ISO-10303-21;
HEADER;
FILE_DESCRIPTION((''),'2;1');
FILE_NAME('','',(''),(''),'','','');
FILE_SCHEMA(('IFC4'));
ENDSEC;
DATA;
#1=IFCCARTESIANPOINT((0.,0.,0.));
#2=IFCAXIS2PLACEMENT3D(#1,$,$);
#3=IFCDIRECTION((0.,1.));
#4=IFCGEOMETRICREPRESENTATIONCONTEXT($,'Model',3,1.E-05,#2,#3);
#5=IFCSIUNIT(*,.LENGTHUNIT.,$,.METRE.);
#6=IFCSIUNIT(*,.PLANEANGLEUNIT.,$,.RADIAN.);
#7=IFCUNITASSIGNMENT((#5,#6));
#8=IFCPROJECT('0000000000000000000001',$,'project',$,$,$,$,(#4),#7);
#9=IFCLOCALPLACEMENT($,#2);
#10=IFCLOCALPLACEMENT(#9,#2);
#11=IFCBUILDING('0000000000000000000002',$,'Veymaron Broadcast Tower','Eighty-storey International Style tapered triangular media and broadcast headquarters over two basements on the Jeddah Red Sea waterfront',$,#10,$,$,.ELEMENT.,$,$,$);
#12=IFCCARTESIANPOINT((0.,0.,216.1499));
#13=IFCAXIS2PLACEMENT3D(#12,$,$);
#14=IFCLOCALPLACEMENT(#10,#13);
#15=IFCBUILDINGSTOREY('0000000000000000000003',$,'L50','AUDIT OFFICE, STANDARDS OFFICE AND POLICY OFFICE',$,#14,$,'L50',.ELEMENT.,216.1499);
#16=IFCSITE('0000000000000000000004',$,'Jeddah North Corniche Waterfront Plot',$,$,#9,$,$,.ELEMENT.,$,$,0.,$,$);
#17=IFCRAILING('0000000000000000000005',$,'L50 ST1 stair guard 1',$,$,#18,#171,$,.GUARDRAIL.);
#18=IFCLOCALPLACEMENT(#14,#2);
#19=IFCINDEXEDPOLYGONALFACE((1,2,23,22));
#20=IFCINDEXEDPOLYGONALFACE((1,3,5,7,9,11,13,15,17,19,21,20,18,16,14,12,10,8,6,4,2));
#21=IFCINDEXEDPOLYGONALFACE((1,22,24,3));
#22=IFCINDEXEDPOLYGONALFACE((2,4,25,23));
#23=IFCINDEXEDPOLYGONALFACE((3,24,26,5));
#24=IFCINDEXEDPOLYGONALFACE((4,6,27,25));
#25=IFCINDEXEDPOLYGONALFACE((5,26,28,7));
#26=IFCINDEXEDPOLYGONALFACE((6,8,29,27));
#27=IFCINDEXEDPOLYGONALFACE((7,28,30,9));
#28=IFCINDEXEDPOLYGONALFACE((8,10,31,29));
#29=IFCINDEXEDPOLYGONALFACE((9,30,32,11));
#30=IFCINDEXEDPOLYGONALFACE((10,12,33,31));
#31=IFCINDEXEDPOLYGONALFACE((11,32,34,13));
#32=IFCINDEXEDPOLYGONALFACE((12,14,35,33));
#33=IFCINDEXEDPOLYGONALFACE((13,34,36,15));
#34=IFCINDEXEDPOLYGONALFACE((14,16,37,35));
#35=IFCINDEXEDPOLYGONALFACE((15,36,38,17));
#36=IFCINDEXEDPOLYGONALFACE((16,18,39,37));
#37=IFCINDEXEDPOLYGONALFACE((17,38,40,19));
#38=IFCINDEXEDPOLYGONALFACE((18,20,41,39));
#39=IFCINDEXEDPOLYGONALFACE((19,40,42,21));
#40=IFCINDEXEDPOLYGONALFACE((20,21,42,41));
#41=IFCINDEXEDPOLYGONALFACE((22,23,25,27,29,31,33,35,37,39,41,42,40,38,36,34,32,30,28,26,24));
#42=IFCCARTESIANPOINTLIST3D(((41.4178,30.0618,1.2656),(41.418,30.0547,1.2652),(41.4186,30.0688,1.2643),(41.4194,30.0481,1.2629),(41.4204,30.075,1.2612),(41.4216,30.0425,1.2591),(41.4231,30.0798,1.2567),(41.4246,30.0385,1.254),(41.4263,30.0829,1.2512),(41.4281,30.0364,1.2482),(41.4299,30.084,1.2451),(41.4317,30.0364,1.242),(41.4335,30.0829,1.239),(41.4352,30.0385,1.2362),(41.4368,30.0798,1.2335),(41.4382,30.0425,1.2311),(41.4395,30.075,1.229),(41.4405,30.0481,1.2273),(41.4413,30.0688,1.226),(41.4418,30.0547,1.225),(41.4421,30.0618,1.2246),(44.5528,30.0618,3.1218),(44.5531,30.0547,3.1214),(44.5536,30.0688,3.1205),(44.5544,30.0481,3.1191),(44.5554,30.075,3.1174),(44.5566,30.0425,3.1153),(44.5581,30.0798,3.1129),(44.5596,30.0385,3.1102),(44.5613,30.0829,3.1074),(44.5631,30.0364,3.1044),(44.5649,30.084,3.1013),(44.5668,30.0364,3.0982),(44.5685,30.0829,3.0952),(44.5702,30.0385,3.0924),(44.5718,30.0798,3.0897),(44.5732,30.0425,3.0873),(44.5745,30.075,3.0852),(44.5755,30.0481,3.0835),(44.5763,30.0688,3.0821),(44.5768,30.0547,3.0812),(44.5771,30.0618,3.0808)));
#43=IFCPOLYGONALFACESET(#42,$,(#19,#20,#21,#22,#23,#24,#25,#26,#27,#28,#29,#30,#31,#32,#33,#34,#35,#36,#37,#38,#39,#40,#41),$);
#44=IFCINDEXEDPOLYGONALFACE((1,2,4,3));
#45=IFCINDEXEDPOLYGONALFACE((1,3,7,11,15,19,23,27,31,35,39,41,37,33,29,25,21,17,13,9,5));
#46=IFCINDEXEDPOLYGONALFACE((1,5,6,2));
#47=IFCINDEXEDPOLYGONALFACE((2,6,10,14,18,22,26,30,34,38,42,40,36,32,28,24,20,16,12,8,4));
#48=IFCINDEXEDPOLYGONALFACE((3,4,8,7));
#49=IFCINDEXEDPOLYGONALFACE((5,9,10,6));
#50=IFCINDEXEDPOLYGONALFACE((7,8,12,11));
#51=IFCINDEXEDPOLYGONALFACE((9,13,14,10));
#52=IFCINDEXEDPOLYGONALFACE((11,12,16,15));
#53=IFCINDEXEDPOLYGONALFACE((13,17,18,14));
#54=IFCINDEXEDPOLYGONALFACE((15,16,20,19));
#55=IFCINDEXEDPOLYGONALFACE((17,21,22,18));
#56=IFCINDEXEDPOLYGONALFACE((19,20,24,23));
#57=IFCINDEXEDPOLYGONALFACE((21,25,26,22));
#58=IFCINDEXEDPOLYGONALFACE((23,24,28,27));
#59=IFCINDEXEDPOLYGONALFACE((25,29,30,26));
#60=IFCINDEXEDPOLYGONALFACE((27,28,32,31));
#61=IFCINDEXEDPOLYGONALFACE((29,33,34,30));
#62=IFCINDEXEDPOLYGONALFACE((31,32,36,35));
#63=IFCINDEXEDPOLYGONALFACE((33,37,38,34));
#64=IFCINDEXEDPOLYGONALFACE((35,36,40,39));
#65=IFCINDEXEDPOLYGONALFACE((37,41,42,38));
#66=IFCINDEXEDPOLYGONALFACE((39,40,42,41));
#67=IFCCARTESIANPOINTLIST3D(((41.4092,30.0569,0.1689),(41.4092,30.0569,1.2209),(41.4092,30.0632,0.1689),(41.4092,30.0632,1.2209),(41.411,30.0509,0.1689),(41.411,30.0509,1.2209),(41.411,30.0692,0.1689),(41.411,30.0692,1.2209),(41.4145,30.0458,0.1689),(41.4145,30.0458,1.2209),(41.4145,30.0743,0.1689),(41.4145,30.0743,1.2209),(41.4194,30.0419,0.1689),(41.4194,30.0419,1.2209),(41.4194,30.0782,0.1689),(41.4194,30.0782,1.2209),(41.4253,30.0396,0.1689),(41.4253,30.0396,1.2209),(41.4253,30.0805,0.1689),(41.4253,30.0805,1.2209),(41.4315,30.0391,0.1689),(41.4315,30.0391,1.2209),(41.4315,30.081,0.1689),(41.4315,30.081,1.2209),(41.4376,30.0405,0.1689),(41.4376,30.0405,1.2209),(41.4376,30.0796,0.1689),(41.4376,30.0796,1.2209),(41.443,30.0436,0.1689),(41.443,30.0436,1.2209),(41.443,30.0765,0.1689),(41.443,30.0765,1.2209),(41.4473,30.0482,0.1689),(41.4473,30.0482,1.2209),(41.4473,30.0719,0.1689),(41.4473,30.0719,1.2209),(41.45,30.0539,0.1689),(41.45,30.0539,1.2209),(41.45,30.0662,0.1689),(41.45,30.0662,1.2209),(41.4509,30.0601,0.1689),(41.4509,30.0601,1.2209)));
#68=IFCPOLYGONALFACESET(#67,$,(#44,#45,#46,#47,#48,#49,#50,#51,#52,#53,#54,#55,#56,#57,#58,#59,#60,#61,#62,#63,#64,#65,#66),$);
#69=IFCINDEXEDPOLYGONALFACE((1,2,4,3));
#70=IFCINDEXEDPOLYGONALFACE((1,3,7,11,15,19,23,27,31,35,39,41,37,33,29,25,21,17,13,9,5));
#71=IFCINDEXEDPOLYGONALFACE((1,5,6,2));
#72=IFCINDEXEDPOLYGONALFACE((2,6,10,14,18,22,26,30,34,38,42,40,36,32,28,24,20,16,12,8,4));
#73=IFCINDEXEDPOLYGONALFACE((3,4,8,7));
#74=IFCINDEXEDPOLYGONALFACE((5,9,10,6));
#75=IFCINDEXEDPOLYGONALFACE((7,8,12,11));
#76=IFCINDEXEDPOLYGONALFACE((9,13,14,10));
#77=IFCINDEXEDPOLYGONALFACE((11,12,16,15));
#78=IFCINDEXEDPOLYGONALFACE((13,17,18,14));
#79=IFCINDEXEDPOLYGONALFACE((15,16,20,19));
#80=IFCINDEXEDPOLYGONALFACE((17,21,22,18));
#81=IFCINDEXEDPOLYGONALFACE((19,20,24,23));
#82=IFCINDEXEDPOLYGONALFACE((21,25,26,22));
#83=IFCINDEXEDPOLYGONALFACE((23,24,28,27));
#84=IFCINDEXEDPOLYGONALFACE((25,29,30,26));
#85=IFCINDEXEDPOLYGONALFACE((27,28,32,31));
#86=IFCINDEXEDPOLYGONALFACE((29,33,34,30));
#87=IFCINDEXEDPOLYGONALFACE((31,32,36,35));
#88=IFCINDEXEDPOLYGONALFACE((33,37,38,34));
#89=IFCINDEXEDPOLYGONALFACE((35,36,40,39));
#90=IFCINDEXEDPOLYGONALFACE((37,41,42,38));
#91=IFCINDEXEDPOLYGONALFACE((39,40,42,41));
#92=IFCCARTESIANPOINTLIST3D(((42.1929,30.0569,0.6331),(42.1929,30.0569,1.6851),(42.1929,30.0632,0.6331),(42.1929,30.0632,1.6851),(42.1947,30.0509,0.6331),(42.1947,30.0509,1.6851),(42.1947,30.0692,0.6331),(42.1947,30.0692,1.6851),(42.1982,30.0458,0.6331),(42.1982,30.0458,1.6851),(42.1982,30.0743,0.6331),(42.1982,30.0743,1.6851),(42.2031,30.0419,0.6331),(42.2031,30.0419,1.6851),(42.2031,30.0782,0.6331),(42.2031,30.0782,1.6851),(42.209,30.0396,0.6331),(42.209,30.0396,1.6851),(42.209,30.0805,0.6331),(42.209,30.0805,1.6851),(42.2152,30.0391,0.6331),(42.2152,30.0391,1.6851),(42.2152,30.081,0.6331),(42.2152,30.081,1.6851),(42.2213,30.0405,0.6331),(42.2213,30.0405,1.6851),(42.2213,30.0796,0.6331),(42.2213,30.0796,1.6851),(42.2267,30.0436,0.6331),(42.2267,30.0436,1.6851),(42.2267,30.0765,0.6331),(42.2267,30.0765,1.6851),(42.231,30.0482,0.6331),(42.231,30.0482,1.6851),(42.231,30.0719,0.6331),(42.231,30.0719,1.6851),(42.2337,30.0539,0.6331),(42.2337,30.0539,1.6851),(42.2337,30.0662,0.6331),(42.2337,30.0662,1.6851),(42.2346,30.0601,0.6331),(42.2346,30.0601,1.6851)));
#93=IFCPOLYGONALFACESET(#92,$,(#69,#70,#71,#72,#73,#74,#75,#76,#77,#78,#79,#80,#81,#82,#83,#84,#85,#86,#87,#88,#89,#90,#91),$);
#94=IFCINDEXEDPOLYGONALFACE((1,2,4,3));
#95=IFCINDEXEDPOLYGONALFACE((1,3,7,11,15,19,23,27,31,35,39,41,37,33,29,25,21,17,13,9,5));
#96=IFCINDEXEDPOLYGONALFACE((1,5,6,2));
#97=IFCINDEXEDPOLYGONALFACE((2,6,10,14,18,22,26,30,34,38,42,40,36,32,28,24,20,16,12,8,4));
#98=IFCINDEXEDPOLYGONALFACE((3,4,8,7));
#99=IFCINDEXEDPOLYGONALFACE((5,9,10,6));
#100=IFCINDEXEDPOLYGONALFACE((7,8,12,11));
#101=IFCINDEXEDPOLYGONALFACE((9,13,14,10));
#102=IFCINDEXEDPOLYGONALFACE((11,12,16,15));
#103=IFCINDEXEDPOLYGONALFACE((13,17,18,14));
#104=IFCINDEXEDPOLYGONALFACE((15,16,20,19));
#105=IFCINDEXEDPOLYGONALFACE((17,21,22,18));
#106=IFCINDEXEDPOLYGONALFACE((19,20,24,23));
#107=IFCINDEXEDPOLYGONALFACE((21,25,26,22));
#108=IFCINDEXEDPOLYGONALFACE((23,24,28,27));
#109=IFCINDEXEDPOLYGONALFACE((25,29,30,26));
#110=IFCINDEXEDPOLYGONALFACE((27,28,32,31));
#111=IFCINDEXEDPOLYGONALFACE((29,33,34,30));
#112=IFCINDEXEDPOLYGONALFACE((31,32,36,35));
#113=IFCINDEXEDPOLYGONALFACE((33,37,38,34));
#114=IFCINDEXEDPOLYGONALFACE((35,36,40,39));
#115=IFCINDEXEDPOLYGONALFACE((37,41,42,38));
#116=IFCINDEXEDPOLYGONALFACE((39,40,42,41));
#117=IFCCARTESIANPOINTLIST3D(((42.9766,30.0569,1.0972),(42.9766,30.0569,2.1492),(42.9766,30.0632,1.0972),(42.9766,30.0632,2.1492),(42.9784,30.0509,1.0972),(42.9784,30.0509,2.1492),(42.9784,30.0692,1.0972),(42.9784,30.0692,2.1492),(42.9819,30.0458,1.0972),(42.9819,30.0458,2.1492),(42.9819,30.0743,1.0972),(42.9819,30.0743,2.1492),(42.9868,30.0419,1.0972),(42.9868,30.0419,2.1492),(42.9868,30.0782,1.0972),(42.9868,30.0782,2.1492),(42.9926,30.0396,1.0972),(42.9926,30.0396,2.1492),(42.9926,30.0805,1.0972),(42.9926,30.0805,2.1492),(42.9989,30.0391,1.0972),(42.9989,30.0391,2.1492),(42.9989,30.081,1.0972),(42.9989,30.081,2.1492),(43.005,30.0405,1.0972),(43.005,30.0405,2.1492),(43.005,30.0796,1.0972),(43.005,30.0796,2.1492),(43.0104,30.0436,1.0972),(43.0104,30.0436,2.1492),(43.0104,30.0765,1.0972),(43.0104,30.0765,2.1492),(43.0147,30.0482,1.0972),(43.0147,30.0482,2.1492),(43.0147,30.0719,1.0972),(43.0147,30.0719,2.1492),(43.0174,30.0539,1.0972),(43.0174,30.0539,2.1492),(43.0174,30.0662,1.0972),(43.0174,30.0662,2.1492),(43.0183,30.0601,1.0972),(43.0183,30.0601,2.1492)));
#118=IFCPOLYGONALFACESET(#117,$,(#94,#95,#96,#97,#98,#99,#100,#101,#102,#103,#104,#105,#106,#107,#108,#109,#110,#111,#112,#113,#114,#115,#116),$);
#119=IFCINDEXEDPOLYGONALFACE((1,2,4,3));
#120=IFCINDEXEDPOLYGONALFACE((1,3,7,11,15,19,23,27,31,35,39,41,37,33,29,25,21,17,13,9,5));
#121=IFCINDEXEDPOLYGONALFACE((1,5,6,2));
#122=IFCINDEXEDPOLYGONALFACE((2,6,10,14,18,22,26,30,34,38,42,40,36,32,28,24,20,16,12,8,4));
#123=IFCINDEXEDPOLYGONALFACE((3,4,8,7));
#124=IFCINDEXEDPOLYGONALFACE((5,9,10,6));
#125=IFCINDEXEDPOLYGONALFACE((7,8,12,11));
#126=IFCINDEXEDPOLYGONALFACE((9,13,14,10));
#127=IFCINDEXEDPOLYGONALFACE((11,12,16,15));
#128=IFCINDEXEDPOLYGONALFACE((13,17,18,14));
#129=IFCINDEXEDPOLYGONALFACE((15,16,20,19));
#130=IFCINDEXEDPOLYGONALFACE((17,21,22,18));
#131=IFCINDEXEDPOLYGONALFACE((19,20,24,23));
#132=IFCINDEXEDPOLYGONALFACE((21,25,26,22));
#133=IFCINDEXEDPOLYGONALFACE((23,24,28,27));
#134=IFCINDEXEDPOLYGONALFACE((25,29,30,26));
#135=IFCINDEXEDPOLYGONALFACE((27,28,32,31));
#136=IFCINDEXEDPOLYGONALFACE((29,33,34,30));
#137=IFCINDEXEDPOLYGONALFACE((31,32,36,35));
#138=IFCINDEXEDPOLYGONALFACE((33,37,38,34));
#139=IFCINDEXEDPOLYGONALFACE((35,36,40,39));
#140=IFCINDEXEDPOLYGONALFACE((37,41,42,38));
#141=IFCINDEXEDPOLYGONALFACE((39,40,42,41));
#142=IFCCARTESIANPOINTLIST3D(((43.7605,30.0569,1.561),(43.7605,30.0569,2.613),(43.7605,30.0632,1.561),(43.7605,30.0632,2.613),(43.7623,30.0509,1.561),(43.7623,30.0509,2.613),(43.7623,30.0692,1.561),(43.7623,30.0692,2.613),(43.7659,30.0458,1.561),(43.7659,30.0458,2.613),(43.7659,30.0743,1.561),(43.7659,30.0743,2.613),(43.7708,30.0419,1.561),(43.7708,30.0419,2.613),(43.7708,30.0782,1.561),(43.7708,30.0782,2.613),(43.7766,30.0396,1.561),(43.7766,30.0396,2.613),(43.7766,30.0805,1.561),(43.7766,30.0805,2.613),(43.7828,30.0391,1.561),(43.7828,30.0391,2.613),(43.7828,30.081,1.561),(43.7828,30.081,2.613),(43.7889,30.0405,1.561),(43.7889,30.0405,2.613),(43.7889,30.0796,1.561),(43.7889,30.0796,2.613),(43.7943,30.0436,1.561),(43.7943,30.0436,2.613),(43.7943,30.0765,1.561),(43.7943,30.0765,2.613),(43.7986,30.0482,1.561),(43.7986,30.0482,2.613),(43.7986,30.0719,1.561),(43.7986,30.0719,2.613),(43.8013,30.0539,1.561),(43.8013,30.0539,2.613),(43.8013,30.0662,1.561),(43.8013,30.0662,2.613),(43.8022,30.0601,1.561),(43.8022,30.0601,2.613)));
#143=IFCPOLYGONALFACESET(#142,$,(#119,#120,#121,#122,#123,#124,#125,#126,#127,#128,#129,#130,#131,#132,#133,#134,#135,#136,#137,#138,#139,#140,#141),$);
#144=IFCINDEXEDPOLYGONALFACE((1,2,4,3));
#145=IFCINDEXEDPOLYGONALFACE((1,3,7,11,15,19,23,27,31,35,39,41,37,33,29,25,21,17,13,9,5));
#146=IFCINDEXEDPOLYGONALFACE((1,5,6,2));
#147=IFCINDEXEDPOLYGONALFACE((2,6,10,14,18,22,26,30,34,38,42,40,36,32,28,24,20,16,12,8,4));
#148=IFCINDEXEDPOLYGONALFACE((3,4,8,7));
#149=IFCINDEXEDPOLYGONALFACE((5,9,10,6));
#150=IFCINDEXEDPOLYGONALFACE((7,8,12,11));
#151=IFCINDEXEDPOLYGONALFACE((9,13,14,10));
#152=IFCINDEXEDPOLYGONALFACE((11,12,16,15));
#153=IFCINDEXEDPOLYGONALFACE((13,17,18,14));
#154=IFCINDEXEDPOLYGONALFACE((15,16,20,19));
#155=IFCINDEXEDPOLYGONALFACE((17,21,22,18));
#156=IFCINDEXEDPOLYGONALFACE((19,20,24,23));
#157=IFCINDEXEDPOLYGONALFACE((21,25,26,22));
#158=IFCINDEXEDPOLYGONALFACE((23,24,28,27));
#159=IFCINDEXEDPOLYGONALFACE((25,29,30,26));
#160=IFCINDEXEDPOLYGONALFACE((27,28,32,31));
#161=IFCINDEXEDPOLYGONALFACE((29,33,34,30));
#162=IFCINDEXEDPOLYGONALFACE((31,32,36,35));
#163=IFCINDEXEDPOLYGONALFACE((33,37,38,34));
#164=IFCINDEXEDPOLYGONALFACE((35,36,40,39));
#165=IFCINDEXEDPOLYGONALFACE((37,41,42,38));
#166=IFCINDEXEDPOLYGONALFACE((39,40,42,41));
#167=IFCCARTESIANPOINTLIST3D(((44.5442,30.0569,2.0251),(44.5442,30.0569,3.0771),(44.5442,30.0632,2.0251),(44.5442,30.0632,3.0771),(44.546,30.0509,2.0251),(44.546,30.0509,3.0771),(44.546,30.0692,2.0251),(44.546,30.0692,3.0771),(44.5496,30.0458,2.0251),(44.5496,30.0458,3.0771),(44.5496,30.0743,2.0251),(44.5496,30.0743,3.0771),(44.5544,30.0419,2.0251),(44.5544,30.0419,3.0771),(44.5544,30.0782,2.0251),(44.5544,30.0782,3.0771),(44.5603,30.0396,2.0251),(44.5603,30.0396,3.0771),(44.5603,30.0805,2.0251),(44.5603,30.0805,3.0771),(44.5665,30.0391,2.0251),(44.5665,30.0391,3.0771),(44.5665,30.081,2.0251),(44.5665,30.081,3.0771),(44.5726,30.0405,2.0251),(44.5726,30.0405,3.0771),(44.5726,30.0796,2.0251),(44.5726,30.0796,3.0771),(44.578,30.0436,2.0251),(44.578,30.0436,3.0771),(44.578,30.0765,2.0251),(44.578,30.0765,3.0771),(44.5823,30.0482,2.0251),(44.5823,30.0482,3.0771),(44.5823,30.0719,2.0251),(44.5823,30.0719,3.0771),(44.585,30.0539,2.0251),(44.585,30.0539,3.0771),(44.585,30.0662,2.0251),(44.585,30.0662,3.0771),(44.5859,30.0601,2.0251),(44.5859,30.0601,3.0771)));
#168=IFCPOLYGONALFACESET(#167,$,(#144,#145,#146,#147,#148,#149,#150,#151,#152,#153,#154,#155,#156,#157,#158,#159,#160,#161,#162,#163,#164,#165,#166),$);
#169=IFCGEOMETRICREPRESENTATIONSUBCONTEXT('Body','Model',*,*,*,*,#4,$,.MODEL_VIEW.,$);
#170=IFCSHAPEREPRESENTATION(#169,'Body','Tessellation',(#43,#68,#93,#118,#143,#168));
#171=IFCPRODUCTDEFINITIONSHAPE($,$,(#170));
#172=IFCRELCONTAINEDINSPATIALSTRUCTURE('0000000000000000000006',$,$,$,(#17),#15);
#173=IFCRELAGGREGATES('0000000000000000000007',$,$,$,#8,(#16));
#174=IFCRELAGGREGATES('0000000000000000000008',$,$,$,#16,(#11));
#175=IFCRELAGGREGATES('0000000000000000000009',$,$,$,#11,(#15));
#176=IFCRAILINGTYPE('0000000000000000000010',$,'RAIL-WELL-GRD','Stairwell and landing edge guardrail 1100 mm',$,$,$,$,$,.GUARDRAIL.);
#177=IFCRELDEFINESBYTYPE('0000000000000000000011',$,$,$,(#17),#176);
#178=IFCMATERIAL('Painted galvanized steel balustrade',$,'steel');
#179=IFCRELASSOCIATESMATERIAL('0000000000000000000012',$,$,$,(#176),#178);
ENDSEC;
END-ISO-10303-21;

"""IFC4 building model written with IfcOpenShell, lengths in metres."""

from ifc_helpers import new_model, si_unit, direction, frame, origin, origin_2d, place, context, subcontext, project, spatial, circle, extrude, material, type_object, element, save


model = new_model("IFC4")

# Units and contexts
model_context = context("Model", 3, precision=1e-05, world=origin(), true_north=direction((0.0, 1.0)))
body_context = subcontext(model_context, "Body", "Model", "MODEL_VIEW")
ifc_project = project(units=[si_unit("LENGTHUNIT", "METRE"), si_unit("PLANEANGLEUNIT", "RADIAN")], contexts=[model_context])

# Site, building, storey
site_placement = place(None, origin())
site = spatial("IfcSite", under=ifc_project, at=site_placement, Name="Jeddah North Corniche Waterfront Plot", CompositionType="ELEMENT", RefElevation=0.0)
building_placement = place(site_placement, origin())
building = spatial("IfcBuilding", under=site, at=building_placement, Name="Veymaron Broadcast Tower", Description="Eighty-storey International Style tapered triangular media and broadcast headquarters over two basements on the Jeddah Red Sea waterfront", CompositionType="ELEMENT")
storey_placement = place(building_placement, frame((0.0, 0.0, 216.1499)))
storey = spatial("IfcBuildingStorey", under=building, at=storey_placement, Name="L50", Description="AUDIT OFFICE, STANDARDS OFFICE AND POLICY OFFICE", LongName="L50", CompositionType="ELEMENT", Elevation=216.1499)

# Railing
ifc_material_1 = material(Name="Painted galvanized steel balustrade", Category="steel")
railing_type_1 = type_object("IfcRailingType", Name="RAIL-WELL-GRD", Description="Stairwell and landing edge guardrail 1100 mm", PredefinedType="GUARDRAIL", material=ifc_material_1)
railing_1_placement = place(storey_placement, frame((41.4299, 30.0601, 0.1689)))
element("IfcRailing", 1, at=railing_1_placement, inside=storey, type_object=railing_type_1, Name="L50 ST1 stair guard 1", PredefinedType="GUARDRAIL", context=body_context, shape_type="SweptSolid", body=[
    extrude(circle(Radius=0.0239, at=origin_2d()), frame((0.0, 0.0, 1.0762), z_axis=(0.860482, 0.0, 0.509481), x_axis=(0.0, 1.0, 0.0)), (0.0, 0.0, 1.0), 3.6433),
    extrude(circle(Radius=0.021, at=origin_2d()), origin(), (0.0, 0.0, 1.0), 1.052),
    extrude(circle(Radius=0.021, at=origin_2d()), frame((0.7837, 0.0, 0.4641)), (0.0, 0.0, 1.0), 1.052),
    extrude(circle(Radius=0.021, at=origin_2d()), frame((1.5674, 0.0, 0.9282)), (0.0, 0.0, 1.0), 1.052),
    extrude(circle(Radius=0.021, at=origin_2d()), frame((2.3513, 0.0, 1.3921)), (0.0, 0.0, 1.0), 1.052),
    extrude(circle(Radius=0.021, at=origin_2d()), frame((3.135, 0.0, 1.8562)), (0.0, 0.0, 1.0), 1.052),
])

save(model, "model.ifc")
